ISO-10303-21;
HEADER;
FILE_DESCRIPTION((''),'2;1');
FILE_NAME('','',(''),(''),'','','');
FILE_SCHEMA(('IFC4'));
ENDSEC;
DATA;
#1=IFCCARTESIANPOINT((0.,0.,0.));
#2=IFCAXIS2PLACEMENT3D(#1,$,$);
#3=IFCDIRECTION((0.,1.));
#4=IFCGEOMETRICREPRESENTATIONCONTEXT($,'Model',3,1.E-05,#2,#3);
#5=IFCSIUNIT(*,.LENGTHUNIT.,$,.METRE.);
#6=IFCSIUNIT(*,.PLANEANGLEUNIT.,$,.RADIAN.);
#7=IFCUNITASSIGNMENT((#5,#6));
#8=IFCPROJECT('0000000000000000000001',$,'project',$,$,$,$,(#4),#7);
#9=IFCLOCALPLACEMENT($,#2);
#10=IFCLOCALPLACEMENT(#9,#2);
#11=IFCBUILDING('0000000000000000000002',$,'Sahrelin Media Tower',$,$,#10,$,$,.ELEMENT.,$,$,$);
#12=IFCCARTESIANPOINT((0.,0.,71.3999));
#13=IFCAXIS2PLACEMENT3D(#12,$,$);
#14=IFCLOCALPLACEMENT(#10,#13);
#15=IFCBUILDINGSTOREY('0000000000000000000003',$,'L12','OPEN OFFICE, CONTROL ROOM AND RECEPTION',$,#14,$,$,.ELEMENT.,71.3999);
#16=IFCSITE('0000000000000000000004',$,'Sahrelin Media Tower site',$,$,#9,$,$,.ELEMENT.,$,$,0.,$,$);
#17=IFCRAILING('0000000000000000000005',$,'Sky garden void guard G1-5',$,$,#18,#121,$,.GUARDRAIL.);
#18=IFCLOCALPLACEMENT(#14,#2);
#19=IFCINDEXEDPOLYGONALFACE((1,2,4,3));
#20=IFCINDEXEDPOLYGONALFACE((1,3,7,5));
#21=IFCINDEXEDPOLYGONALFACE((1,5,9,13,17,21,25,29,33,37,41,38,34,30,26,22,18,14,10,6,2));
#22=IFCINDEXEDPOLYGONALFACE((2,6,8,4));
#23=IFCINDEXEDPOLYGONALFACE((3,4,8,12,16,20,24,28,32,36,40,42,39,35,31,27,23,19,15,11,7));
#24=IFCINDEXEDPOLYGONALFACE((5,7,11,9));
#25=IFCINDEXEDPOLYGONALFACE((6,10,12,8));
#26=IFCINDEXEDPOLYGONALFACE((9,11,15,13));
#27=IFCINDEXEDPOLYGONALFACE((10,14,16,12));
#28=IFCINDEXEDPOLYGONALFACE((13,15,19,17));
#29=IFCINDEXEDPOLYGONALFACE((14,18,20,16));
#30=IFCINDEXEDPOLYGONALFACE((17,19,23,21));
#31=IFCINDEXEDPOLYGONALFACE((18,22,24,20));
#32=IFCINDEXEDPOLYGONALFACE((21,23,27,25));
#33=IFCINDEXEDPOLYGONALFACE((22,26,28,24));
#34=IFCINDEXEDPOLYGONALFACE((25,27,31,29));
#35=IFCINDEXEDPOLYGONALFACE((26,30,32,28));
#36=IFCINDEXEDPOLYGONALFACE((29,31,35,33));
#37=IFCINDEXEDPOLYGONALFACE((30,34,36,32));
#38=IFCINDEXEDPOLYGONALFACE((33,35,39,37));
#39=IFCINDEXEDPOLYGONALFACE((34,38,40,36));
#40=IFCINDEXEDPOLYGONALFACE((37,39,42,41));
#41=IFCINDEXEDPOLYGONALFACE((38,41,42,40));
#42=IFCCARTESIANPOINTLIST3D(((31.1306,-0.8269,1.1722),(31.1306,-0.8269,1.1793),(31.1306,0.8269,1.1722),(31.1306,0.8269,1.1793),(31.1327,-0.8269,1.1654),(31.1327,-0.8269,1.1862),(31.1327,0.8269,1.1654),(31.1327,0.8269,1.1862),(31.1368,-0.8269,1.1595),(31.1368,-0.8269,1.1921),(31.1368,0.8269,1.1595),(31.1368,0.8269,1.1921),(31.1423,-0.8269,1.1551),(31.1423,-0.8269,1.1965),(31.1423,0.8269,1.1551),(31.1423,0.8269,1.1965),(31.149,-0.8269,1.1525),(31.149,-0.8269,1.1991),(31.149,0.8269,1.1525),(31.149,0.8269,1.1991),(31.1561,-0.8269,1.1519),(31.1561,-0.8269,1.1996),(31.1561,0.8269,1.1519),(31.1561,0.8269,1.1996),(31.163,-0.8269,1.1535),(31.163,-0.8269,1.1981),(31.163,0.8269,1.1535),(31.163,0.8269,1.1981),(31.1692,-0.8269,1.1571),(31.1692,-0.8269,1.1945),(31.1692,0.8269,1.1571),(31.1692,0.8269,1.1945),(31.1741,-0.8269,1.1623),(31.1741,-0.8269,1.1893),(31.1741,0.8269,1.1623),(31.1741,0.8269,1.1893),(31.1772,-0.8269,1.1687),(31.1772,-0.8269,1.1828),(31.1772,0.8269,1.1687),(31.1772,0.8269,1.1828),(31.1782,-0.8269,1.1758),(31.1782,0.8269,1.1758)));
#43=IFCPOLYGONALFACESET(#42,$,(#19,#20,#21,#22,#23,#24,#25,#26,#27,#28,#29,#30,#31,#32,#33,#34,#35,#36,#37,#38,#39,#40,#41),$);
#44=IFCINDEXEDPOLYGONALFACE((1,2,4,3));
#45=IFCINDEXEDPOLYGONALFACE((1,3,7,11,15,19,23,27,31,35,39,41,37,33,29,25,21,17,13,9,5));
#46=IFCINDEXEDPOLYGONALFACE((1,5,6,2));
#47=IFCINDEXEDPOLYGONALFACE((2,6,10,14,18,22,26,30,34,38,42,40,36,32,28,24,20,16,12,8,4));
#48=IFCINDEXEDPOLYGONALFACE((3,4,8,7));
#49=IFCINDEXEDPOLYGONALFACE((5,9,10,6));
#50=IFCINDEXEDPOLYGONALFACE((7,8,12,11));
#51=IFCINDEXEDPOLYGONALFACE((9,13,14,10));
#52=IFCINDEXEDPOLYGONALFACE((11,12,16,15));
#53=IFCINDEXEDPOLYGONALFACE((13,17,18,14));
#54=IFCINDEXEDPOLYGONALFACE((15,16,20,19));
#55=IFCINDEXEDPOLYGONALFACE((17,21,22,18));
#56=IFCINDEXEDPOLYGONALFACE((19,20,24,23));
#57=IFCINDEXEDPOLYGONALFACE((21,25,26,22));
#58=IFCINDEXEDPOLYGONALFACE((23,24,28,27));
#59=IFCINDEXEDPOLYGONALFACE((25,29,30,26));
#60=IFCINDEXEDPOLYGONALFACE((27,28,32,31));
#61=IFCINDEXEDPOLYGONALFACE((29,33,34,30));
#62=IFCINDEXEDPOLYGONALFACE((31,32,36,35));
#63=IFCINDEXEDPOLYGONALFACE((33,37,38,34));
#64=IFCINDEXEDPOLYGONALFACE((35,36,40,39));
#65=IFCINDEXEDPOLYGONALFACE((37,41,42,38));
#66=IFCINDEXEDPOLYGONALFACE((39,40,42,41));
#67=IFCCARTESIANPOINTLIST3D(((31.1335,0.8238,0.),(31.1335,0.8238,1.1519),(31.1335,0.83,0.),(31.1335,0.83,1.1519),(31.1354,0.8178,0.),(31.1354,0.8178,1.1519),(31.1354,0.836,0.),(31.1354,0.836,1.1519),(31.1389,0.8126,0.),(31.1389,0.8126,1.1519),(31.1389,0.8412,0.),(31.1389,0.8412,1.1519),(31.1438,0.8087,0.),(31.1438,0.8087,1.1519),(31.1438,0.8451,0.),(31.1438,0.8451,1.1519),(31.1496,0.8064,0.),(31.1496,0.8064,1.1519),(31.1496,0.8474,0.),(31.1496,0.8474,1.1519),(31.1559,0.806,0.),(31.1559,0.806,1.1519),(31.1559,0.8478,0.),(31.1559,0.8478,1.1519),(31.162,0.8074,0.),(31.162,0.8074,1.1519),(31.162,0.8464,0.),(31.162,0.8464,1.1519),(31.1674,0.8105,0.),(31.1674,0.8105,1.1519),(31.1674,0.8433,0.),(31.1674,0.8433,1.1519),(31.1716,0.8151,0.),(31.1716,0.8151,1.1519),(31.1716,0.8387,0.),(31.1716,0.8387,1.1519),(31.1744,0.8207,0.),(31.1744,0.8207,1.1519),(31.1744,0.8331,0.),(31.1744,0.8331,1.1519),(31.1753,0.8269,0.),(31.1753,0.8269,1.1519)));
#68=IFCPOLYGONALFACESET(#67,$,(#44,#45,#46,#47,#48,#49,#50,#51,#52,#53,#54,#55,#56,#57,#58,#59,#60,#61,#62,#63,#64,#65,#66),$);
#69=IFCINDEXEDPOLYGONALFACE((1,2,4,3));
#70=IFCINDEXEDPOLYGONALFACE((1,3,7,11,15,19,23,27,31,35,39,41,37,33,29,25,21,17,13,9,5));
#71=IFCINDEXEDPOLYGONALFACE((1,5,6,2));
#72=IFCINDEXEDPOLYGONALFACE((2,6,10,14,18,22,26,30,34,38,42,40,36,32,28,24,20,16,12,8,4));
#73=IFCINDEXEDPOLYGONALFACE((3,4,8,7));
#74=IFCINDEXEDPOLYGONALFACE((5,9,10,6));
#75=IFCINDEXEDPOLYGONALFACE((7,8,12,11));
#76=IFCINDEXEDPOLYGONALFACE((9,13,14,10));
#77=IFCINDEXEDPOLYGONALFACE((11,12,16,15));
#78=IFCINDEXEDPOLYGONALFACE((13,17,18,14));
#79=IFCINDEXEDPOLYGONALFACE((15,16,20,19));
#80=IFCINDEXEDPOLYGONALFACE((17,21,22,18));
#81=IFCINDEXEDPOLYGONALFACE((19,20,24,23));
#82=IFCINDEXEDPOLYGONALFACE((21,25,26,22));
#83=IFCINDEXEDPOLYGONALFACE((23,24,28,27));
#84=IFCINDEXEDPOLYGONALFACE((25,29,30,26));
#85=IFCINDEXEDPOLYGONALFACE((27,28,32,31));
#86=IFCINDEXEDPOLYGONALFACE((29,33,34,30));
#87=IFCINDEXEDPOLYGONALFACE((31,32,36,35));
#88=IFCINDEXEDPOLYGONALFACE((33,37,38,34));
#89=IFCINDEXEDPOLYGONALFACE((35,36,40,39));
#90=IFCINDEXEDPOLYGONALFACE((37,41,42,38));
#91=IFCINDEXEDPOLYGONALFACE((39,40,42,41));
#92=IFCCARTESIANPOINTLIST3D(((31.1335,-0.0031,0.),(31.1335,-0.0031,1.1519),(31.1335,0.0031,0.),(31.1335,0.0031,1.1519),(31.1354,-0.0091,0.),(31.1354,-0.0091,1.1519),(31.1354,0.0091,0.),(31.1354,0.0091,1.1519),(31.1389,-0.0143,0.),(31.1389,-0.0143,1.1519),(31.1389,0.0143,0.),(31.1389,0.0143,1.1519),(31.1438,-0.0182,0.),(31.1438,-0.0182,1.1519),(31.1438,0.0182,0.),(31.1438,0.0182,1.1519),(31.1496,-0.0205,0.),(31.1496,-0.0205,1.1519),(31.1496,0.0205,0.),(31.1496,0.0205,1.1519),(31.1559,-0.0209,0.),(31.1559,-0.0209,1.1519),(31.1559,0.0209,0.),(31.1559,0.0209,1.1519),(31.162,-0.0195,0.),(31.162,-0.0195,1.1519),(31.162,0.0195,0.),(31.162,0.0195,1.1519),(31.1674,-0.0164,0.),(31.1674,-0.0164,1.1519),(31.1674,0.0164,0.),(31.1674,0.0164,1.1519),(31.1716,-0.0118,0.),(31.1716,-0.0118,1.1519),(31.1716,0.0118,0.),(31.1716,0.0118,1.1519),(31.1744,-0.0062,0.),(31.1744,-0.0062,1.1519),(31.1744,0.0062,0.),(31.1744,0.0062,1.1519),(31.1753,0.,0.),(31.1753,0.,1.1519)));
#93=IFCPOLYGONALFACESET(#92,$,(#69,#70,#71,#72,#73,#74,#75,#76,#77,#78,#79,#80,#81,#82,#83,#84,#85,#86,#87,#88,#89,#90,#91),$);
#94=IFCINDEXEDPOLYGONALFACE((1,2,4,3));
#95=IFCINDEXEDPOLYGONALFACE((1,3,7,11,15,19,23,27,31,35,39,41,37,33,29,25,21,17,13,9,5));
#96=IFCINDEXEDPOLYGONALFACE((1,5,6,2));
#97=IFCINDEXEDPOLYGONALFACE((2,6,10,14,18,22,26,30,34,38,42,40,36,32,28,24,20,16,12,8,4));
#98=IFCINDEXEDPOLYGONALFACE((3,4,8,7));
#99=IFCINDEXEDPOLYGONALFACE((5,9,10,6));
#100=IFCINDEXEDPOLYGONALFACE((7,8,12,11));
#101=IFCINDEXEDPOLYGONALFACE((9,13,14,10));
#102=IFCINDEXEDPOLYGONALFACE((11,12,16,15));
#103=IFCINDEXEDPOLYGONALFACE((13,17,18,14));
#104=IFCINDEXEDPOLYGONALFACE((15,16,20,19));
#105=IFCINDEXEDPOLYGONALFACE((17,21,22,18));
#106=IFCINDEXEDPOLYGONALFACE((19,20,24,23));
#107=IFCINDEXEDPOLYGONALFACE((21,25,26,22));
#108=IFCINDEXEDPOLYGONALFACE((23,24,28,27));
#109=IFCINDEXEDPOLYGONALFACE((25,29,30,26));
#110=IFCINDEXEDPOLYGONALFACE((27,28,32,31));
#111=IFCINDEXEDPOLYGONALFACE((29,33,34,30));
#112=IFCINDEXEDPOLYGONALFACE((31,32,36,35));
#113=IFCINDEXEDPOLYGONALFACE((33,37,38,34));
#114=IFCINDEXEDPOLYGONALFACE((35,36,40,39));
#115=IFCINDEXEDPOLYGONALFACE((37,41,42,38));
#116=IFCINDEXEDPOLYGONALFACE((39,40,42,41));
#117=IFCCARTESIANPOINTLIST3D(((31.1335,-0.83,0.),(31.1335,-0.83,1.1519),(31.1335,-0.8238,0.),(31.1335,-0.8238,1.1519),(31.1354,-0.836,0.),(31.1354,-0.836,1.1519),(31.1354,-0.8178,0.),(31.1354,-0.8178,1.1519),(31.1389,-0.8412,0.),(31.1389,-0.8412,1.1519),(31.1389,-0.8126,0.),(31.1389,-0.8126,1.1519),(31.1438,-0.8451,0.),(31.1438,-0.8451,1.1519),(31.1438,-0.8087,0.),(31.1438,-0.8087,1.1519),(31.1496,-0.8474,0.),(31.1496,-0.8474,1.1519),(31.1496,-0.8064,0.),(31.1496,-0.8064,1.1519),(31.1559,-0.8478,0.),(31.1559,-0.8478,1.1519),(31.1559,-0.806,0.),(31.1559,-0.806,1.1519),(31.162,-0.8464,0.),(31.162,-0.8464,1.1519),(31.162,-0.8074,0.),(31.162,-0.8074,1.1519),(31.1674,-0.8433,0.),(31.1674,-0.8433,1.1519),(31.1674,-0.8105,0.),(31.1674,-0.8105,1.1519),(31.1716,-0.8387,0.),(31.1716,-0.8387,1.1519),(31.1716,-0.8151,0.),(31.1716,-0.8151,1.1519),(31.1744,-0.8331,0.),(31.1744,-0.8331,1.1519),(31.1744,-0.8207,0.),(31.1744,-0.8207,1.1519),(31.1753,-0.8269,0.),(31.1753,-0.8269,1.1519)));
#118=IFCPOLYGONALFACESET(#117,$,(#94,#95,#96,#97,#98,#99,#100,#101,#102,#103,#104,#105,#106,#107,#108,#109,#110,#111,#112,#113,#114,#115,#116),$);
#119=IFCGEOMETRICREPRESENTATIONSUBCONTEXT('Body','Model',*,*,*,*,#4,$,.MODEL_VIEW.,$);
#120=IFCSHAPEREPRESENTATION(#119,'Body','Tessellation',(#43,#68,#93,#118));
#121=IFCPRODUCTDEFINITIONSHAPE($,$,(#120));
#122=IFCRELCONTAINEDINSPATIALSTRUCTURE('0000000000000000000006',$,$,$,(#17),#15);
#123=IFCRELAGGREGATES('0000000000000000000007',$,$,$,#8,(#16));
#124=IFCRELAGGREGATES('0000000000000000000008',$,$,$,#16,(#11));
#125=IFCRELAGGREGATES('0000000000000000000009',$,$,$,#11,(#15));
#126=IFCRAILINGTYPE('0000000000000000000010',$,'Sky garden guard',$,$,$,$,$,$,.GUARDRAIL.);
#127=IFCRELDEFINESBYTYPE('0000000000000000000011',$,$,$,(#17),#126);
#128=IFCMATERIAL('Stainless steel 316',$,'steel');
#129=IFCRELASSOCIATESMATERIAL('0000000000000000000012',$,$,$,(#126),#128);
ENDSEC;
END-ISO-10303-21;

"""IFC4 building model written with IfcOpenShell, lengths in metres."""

from ifc_helpers import new_model, si_unit, direction, frame, origin, origin_2d, place, context, subcontext, project, spatial, circle, extrude, material, type_object, element, save


model = new_model("IFC4")

# Units and contexts
model_context = context("Model", 3, precision=1e-05, world=origin(), true_north=direction((0.0, 1.0)))
body_context = subcontext(model_context, "Body", "Model", "MODEL_VIEW")
ifc_project = project(units=[si_unit("LENGTHUNIT", "METRE"), si_unit("PLANEANGLEUNIT", "RADIAN")], contexts=[model_context])

# Site, building, storey
site_placement = place(None, origin())
site = spatial("IfcSite", under=ifc_project, at=site_placement, Name="Sahrelin Media Tower site", CompositionType="ELEMENT", RefElevation=0.0)
building_placement = place(site_placement, origin())
building = spatial("IfcBuilding", under=site, at=building_placement, Name="Sahrelin Media Tower", CompositionType="ELEMENT")
storey_placement = place(building_placement, frame((0.0, 0.0, 71.3999)))
storey = spatial("IfcBuildingStorey", under=building, at=storey_placement, Name="L12", Description="OPEN OFFICE, CONTROL ROOM AND RECEPTION", CompositionType="ELEMENT", Elevation=71.3999)

# Railing
ifc_material_1 = material(Name="Stainless steel 316", Category="steel")
railing_type = type_object("IfcRailingType", Name="Sky garden guard", PredefinedType="GUARDRAIL", material=ifc_material_1)
railing_1_placement = place(storey_placement, frame((31.1543, 0.8269, 0.0)))
element("IfcRailing", 1, at=railing_1_placement, inside=storey, type_object=railing_type, Name="Sky garden void guard G1-5", PredefinedType="GUARDRAIL", context=body_context, shape_type="SweptSolid", body=[
    extrude(circle(Radius=0.0239, at=origin_2d()), frame((0.0, 0.0, 1.1758), z_axis=(0.0, -1.0, 0.0), x_axis=(1.0, 0.0, 0.0)), (0.0, 0.0, 1.0), 1.6538),
    extrude(circle(Radius=0.021, at=origin_2d()), origin(), (0.0, 0.0, 1.0), 1.1519),
    extrude(circle(Radius=0.021, at=origin_2d()), frame((0.0, -0.8269, 0.0)), (0.0, 0.0, 1.0), 1.1519),
    extrude(circle(Radius=0.021, at=origin_2d()), frame((0.0, -1.6538, 0.0)), (0.0, 0.0, 1.0), 1.1519),
])

save(model, "model.ifc")
